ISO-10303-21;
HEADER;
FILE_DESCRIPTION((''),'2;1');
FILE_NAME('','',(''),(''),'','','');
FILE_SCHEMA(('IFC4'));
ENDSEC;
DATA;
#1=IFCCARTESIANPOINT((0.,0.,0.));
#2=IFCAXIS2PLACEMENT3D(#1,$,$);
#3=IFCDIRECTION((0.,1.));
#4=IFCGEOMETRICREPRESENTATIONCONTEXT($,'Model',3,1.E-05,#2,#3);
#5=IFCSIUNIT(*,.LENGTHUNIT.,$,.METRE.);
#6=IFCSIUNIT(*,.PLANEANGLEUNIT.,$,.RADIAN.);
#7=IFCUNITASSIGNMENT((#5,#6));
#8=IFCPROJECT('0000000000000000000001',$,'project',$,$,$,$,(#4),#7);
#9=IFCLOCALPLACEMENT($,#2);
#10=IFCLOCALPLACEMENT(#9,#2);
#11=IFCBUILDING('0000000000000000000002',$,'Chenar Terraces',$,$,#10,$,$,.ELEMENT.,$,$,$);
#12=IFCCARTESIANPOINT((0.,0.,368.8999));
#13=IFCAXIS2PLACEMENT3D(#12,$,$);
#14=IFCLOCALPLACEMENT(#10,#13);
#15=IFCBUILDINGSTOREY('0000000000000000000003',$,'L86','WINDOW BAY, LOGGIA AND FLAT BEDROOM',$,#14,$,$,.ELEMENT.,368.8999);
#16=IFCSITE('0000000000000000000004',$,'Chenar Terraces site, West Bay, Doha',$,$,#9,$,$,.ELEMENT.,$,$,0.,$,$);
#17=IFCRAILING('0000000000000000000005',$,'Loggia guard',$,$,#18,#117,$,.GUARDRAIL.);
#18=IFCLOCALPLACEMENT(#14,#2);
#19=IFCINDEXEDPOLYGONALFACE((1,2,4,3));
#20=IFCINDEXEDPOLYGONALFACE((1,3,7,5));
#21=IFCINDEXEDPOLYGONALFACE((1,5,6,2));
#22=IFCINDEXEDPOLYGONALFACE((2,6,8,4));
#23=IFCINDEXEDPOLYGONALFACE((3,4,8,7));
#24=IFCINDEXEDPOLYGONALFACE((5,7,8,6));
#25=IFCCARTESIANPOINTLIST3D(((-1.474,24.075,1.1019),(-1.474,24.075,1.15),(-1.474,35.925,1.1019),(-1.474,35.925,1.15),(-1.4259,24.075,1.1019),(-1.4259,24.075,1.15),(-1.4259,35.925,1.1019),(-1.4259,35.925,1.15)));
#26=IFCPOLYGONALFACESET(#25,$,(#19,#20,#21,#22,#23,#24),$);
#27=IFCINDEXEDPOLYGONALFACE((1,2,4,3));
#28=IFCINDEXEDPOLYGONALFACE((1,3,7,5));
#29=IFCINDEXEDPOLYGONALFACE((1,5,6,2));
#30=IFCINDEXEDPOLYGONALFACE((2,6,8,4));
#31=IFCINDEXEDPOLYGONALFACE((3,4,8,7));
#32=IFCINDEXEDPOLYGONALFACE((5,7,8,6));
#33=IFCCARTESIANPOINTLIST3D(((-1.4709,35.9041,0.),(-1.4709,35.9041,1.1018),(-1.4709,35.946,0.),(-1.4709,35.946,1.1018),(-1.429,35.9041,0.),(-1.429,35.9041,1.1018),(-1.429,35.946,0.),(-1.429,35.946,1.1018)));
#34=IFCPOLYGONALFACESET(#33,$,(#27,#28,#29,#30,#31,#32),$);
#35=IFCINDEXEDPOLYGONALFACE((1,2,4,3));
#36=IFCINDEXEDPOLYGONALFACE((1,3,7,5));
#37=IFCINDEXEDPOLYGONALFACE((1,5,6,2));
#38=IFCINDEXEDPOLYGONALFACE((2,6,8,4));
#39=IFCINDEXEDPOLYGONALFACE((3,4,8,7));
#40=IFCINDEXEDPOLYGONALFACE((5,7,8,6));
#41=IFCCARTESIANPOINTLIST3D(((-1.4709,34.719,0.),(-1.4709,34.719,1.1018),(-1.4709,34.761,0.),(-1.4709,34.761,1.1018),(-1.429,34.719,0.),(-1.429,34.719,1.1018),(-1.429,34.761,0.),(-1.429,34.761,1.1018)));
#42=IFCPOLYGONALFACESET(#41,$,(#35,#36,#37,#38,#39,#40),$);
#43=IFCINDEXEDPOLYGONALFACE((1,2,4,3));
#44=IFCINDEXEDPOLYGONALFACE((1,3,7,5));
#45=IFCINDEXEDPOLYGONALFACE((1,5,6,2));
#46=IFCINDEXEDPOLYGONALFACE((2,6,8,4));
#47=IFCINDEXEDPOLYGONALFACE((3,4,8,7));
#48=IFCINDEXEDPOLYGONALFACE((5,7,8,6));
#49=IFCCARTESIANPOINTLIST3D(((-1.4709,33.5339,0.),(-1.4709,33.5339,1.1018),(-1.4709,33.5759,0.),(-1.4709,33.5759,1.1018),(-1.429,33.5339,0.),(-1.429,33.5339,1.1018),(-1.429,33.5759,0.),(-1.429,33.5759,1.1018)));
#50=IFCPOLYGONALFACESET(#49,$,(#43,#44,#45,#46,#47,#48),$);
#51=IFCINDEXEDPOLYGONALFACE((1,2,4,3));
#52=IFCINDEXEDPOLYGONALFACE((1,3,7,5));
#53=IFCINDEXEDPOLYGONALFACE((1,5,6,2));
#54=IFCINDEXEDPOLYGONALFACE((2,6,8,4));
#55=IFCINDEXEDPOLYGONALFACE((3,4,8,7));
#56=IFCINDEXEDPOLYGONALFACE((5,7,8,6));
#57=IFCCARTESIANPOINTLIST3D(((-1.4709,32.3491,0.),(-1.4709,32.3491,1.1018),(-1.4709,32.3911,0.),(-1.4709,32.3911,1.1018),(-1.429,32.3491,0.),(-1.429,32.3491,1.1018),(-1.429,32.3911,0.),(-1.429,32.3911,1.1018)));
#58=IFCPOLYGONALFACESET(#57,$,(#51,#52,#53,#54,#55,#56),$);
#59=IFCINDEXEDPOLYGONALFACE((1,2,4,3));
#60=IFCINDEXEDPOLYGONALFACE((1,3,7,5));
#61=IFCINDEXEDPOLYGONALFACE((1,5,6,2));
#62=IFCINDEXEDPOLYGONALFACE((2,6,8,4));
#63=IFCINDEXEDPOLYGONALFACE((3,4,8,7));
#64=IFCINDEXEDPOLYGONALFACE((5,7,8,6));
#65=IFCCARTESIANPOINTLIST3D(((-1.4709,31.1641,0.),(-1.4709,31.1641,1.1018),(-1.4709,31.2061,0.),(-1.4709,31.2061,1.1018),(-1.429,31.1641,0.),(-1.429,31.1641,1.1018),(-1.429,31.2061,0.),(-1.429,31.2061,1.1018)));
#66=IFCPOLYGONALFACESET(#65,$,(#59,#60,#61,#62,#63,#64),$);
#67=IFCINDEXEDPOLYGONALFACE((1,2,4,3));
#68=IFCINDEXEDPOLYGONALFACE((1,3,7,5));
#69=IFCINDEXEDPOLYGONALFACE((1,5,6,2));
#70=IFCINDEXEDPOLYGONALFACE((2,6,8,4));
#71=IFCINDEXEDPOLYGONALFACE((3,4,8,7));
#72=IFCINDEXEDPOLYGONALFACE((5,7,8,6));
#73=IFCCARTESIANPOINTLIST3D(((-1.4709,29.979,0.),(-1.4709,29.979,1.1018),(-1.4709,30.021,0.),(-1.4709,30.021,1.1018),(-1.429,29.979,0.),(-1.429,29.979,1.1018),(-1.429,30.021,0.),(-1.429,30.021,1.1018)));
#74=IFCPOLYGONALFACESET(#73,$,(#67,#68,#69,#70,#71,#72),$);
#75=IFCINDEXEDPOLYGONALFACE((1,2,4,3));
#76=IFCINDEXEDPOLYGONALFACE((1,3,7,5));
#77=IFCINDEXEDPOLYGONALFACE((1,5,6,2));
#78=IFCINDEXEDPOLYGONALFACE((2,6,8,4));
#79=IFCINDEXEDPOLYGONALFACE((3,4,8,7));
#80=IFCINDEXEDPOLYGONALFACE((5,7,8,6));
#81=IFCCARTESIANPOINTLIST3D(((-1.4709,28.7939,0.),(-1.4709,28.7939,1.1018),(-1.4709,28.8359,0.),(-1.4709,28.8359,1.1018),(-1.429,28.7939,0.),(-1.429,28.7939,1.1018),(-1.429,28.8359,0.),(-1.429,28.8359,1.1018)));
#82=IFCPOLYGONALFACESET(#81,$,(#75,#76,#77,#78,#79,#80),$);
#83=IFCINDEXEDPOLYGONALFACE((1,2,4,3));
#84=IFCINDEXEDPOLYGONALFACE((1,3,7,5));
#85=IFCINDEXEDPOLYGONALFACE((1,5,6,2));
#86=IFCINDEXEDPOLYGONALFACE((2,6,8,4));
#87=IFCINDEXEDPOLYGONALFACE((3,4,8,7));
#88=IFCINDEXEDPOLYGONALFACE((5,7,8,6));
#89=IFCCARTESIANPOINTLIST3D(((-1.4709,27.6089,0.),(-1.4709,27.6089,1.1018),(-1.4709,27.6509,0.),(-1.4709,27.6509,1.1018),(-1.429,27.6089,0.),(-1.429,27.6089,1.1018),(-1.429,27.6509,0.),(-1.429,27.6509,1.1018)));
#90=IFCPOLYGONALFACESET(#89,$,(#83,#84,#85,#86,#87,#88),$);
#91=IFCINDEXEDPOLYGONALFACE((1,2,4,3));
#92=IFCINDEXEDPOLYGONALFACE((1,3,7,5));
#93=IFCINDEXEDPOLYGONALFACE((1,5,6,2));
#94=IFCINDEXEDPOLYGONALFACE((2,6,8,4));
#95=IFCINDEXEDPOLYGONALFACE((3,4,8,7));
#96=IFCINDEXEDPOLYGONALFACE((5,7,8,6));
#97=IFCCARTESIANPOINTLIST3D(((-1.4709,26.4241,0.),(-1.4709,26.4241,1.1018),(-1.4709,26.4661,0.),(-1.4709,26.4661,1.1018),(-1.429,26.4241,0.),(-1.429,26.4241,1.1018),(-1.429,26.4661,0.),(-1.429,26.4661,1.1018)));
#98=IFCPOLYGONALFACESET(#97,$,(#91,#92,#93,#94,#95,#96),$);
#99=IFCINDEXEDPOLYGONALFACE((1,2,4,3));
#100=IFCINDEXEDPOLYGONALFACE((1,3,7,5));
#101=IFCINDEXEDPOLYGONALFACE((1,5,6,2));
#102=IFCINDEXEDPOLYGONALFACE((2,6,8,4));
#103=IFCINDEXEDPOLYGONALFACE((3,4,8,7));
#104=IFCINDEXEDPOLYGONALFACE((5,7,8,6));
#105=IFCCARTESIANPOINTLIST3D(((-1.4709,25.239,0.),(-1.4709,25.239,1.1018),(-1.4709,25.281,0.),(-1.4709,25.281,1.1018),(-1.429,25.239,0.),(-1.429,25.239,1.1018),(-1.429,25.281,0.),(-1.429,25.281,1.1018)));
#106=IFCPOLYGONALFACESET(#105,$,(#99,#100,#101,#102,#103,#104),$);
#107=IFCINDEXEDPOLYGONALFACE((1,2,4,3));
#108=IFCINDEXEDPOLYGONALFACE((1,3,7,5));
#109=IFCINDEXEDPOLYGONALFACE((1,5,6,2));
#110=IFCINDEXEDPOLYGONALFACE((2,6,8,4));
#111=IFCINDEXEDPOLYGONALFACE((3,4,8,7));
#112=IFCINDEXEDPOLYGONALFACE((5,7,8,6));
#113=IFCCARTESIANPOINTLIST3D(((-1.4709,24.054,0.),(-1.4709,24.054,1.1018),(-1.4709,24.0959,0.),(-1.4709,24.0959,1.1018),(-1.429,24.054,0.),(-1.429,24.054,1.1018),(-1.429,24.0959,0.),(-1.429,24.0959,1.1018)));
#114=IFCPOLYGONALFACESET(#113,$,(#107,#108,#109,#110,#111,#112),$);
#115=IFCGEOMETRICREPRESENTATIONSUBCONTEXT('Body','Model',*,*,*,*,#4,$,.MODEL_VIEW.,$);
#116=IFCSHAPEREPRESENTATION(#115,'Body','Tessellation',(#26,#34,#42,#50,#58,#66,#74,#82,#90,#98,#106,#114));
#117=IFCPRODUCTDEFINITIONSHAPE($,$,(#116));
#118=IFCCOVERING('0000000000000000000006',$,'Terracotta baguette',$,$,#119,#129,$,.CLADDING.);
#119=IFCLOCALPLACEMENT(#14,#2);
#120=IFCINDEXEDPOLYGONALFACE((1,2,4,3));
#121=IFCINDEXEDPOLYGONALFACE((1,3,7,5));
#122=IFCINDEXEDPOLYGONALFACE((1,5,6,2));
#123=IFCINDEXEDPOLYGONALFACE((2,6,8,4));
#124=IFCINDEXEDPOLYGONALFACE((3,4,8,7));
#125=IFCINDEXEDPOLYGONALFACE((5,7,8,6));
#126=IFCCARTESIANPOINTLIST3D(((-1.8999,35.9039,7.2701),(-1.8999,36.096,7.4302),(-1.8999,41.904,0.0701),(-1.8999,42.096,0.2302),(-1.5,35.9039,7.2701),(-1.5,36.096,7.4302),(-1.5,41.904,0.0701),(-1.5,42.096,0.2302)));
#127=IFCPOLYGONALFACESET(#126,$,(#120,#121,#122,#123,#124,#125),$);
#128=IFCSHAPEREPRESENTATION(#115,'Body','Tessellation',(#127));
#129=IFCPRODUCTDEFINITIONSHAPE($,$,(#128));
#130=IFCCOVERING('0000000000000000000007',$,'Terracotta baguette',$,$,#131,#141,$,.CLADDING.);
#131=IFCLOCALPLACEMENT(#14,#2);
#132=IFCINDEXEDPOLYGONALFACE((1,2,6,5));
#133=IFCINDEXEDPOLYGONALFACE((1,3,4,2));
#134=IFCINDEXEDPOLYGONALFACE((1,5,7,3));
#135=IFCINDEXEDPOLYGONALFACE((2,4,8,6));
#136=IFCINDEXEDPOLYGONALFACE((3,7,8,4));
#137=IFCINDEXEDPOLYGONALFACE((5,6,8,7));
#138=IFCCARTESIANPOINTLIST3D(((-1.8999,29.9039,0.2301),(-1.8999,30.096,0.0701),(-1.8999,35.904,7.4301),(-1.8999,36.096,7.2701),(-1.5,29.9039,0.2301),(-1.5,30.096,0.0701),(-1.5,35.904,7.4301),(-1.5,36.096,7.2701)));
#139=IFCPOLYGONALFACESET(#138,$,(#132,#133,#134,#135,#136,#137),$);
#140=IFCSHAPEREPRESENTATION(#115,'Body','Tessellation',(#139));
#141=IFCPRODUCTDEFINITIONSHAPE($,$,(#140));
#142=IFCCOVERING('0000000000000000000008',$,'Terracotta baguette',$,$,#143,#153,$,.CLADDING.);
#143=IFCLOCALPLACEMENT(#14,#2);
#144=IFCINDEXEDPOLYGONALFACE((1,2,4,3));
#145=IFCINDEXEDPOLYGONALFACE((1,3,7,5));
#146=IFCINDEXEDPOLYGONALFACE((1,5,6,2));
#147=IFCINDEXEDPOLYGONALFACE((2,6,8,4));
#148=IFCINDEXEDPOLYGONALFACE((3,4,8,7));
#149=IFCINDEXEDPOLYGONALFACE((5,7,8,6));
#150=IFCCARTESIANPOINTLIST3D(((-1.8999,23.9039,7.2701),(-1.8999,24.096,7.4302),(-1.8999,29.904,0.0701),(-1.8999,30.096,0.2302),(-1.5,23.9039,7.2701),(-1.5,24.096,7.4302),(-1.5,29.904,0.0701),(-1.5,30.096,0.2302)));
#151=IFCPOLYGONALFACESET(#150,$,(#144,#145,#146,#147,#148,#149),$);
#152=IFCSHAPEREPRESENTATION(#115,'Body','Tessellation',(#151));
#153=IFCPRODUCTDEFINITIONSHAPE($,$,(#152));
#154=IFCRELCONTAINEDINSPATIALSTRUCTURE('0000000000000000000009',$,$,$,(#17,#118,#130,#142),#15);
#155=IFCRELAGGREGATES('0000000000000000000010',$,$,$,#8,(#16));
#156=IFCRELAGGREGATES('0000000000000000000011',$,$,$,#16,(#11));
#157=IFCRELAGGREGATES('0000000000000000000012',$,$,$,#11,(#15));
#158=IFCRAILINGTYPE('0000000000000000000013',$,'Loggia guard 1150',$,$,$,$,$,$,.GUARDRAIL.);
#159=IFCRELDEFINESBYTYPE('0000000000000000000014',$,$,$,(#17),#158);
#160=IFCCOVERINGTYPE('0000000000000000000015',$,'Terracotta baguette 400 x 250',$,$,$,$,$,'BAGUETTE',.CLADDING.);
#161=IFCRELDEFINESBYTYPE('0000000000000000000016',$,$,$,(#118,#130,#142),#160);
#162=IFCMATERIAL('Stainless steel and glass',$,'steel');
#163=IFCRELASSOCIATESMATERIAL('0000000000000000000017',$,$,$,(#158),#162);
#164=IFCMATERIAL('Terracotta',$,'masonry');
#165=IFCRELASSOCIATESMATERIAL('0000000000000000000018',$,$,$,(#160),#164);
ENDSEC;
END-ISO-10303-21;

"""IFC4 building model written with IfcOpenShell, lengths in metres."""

from ifc_helpers import new_model, si_unit, direction, frame, origin, origin_2d, place, context, subcontext, project, spatial, rectangle, extrude, material, material_profile, profile_set, type_object, element, save


model = new_model("IFC4")

# Units and contexts
model_context = context("Model", 3, precision=1e-05, world=origin(), true_north=direction((0.0, 1.0)))
body_context = subcontext(model_context, "Body", "Model", "MODEL_VIEW")
ifc_project = project(units=[si_unit("LENGTHUNIT", "METRE"), si_unit("PLANEANGLEUNIT", "RADIAN")], contexts=[model_context])

# Site, building, storey
site_placement = place(None, origin())
site = spatial("IfcSite", under=ifc_project, at=site_placement, Name="Chenar Terraces site, West Bay, Doha", CompositionType="ELEMENT", RefElevation=0.0)
building_placement = place(site_placement, origin())
building = spatial("IfcBuilding", under=site, at=building_placement, Name="Chenar Terraces", CompositionType="ELEMENT")
storey_placement = place(building_placement, frame((0.0, 0.0, 368.8999)))
storey = spatial("IfcBuildingStorey", under=building, at=storey_placement, Name="L86", Description="WINDOW BAY, LOGGIA AND FLAT BEDROOM", CompositionType="ELEMENT", Elevation=368.8999)

# Railing
ifc_material_1 = material(Name="Stainless steel and glass", Category="steel")
railing_type = type_object("IfcRailingType", Name="Loggia guard 1150", PredefinedType="GUARDRAIL", material=ifc_material_1)
railing_placement = place(storey_placement, frame((-1.45, 35.925, 0.0)))
element("IfcRailing", 1, at=railing_placement, inside=storey, type_object=railing_type, Name="Loggia guard", PredefinedType="GUARDRAIL", context=body_context, shape_type="SweptSolid", body=[
    extrude(rectangle(XDim=0.0481, YDim=0.0481, at=origin_2d()), frame((0.0, 0.0, 1.126), z_axis=(0.0, -1.0, 0.0), x_axis=(1.0, 0.0, 0.0)), (0.0, 0.0, 1.0), 11.8501),
    extrude(rectangle(XDim=0.042, YDim=0.042, at=origin_2d()), origin(), (0.0, 0.0, 1.0), 1.1018),
    extrude(rectangle(XDim=0.042, YDim=0.042, at=origin_2d()), frame((0.0, -1.1851, 0.0)), (0.0, 0.0, 1.0), 1.1018),
    extrude(rectangle(XDim=0.042, YDim=0.042, at=origin_2d()), frame((0.0, -2.3701, 0.0)), (0.0, 0.0, 1.0), 1.1018),
    extrude(rectangle(XDim=0.042, YDim=0.042, at=origin_2d()), frame((0.0, -3.5549, 0.0)), (0.0, 0.0, 1.0), 1.1018),
    extrude(rectangle(XDim=0.042, YDim=0.042, at=origin_2d()), frame((0.0, -4.74, 0.0)), (0.0, 0.0, 1.0), 1.1018),
    extrude(rectangle(XDim=0.042, YDim=0.042, at=origin_2d()), frame((0.0, -5.925, 0.0)), (0.0, 0.0, 1.0), 1.1018),
    extrude(rectangle(XDim=0.042, YDim=0.042, at=origin_2d()), frame((0.0, -7.1101, 0.0)), (0.0, 0.0, 1.0), 1.1018),
    extrude(rectangle(XDim=0.042, YDim=0.042, at=origin_2d()), frame((0.0, -8.2952, 0.0)), (0.0, 0.0, 1.0), 1.1018),
    extrude(rectangle(XDim=0.042, YDim=0.042, at=origin_2d()), frame((0.0, -9.48, 0.0)), (0.0, 0.0, 1.0), 1.1018),
    extrude(rectangle(XDim=0.042, YDim=0.042, at=origin_2d()), frame((0.0, -10.665, 0.0)), (0.0, 0.0, 1.0), 1.1018),
    extrude(rectangle(XDim=0.042, YDim=0.042, at=origin_2d()), frame((0.0, -11.8501, 0.0)), (0.0, 0.0, 1.0), 1.1018),
])

# Coverings
ifc_material_2 = material(Name="Terracotta", Category="masonry")
ifc_material_profile_1 = material_profile(ifc_material_2, rectangle(XDim=0.3999, YDim=0.25, at=origin_2d()), Name="Terracotta baguette 400 x 250")
ifc_profile_set_1 = profile_set([ifc_material_profile_1], Name="Terracotta")
covering_type = type_object("IfcCoveringType", Name="Terracotta baguette 400 x 250", ElementType="BAGUETTE", PredefinedType="CLADDING", material=ifc_profile_set_1)
for number, where, z_axis, x_axis, name in (
    (2, (-1.7, 42.0, 0.1501), (0.0, -0.640187, 0.768219), (1.0, 0.0, 0.0), "Terracotta baguette"),
    (3, (-1.7, 36.0, 7.3501), (0.0, -0.640187, -0.768219), (1.0, 0.0, 0.0), "Terracotta baguette"),
    (4, (-1.7, 30.0, 0.1501), (0.0, -0.640187, 0.768219), (1.0, 0.0, 0.0), "Terracotta baguette"),
):
    element("IfcCovering", number, at=place(storey_placement, frame(where, z_axis=z_axis, x_axis=x_axis)), inside=storey, type_object=covering_type, Name=name, PredefinedType="CLADDING", context=body_context, shape_type="SweptSolid", body=[
        extrude(rectangle(XDim=0.3999, YDim=0.25, at=origin_2d()), origin(), (0.0, 0.0, 1.0), 9.3723),
    ])

save(model, "model.ifc")
